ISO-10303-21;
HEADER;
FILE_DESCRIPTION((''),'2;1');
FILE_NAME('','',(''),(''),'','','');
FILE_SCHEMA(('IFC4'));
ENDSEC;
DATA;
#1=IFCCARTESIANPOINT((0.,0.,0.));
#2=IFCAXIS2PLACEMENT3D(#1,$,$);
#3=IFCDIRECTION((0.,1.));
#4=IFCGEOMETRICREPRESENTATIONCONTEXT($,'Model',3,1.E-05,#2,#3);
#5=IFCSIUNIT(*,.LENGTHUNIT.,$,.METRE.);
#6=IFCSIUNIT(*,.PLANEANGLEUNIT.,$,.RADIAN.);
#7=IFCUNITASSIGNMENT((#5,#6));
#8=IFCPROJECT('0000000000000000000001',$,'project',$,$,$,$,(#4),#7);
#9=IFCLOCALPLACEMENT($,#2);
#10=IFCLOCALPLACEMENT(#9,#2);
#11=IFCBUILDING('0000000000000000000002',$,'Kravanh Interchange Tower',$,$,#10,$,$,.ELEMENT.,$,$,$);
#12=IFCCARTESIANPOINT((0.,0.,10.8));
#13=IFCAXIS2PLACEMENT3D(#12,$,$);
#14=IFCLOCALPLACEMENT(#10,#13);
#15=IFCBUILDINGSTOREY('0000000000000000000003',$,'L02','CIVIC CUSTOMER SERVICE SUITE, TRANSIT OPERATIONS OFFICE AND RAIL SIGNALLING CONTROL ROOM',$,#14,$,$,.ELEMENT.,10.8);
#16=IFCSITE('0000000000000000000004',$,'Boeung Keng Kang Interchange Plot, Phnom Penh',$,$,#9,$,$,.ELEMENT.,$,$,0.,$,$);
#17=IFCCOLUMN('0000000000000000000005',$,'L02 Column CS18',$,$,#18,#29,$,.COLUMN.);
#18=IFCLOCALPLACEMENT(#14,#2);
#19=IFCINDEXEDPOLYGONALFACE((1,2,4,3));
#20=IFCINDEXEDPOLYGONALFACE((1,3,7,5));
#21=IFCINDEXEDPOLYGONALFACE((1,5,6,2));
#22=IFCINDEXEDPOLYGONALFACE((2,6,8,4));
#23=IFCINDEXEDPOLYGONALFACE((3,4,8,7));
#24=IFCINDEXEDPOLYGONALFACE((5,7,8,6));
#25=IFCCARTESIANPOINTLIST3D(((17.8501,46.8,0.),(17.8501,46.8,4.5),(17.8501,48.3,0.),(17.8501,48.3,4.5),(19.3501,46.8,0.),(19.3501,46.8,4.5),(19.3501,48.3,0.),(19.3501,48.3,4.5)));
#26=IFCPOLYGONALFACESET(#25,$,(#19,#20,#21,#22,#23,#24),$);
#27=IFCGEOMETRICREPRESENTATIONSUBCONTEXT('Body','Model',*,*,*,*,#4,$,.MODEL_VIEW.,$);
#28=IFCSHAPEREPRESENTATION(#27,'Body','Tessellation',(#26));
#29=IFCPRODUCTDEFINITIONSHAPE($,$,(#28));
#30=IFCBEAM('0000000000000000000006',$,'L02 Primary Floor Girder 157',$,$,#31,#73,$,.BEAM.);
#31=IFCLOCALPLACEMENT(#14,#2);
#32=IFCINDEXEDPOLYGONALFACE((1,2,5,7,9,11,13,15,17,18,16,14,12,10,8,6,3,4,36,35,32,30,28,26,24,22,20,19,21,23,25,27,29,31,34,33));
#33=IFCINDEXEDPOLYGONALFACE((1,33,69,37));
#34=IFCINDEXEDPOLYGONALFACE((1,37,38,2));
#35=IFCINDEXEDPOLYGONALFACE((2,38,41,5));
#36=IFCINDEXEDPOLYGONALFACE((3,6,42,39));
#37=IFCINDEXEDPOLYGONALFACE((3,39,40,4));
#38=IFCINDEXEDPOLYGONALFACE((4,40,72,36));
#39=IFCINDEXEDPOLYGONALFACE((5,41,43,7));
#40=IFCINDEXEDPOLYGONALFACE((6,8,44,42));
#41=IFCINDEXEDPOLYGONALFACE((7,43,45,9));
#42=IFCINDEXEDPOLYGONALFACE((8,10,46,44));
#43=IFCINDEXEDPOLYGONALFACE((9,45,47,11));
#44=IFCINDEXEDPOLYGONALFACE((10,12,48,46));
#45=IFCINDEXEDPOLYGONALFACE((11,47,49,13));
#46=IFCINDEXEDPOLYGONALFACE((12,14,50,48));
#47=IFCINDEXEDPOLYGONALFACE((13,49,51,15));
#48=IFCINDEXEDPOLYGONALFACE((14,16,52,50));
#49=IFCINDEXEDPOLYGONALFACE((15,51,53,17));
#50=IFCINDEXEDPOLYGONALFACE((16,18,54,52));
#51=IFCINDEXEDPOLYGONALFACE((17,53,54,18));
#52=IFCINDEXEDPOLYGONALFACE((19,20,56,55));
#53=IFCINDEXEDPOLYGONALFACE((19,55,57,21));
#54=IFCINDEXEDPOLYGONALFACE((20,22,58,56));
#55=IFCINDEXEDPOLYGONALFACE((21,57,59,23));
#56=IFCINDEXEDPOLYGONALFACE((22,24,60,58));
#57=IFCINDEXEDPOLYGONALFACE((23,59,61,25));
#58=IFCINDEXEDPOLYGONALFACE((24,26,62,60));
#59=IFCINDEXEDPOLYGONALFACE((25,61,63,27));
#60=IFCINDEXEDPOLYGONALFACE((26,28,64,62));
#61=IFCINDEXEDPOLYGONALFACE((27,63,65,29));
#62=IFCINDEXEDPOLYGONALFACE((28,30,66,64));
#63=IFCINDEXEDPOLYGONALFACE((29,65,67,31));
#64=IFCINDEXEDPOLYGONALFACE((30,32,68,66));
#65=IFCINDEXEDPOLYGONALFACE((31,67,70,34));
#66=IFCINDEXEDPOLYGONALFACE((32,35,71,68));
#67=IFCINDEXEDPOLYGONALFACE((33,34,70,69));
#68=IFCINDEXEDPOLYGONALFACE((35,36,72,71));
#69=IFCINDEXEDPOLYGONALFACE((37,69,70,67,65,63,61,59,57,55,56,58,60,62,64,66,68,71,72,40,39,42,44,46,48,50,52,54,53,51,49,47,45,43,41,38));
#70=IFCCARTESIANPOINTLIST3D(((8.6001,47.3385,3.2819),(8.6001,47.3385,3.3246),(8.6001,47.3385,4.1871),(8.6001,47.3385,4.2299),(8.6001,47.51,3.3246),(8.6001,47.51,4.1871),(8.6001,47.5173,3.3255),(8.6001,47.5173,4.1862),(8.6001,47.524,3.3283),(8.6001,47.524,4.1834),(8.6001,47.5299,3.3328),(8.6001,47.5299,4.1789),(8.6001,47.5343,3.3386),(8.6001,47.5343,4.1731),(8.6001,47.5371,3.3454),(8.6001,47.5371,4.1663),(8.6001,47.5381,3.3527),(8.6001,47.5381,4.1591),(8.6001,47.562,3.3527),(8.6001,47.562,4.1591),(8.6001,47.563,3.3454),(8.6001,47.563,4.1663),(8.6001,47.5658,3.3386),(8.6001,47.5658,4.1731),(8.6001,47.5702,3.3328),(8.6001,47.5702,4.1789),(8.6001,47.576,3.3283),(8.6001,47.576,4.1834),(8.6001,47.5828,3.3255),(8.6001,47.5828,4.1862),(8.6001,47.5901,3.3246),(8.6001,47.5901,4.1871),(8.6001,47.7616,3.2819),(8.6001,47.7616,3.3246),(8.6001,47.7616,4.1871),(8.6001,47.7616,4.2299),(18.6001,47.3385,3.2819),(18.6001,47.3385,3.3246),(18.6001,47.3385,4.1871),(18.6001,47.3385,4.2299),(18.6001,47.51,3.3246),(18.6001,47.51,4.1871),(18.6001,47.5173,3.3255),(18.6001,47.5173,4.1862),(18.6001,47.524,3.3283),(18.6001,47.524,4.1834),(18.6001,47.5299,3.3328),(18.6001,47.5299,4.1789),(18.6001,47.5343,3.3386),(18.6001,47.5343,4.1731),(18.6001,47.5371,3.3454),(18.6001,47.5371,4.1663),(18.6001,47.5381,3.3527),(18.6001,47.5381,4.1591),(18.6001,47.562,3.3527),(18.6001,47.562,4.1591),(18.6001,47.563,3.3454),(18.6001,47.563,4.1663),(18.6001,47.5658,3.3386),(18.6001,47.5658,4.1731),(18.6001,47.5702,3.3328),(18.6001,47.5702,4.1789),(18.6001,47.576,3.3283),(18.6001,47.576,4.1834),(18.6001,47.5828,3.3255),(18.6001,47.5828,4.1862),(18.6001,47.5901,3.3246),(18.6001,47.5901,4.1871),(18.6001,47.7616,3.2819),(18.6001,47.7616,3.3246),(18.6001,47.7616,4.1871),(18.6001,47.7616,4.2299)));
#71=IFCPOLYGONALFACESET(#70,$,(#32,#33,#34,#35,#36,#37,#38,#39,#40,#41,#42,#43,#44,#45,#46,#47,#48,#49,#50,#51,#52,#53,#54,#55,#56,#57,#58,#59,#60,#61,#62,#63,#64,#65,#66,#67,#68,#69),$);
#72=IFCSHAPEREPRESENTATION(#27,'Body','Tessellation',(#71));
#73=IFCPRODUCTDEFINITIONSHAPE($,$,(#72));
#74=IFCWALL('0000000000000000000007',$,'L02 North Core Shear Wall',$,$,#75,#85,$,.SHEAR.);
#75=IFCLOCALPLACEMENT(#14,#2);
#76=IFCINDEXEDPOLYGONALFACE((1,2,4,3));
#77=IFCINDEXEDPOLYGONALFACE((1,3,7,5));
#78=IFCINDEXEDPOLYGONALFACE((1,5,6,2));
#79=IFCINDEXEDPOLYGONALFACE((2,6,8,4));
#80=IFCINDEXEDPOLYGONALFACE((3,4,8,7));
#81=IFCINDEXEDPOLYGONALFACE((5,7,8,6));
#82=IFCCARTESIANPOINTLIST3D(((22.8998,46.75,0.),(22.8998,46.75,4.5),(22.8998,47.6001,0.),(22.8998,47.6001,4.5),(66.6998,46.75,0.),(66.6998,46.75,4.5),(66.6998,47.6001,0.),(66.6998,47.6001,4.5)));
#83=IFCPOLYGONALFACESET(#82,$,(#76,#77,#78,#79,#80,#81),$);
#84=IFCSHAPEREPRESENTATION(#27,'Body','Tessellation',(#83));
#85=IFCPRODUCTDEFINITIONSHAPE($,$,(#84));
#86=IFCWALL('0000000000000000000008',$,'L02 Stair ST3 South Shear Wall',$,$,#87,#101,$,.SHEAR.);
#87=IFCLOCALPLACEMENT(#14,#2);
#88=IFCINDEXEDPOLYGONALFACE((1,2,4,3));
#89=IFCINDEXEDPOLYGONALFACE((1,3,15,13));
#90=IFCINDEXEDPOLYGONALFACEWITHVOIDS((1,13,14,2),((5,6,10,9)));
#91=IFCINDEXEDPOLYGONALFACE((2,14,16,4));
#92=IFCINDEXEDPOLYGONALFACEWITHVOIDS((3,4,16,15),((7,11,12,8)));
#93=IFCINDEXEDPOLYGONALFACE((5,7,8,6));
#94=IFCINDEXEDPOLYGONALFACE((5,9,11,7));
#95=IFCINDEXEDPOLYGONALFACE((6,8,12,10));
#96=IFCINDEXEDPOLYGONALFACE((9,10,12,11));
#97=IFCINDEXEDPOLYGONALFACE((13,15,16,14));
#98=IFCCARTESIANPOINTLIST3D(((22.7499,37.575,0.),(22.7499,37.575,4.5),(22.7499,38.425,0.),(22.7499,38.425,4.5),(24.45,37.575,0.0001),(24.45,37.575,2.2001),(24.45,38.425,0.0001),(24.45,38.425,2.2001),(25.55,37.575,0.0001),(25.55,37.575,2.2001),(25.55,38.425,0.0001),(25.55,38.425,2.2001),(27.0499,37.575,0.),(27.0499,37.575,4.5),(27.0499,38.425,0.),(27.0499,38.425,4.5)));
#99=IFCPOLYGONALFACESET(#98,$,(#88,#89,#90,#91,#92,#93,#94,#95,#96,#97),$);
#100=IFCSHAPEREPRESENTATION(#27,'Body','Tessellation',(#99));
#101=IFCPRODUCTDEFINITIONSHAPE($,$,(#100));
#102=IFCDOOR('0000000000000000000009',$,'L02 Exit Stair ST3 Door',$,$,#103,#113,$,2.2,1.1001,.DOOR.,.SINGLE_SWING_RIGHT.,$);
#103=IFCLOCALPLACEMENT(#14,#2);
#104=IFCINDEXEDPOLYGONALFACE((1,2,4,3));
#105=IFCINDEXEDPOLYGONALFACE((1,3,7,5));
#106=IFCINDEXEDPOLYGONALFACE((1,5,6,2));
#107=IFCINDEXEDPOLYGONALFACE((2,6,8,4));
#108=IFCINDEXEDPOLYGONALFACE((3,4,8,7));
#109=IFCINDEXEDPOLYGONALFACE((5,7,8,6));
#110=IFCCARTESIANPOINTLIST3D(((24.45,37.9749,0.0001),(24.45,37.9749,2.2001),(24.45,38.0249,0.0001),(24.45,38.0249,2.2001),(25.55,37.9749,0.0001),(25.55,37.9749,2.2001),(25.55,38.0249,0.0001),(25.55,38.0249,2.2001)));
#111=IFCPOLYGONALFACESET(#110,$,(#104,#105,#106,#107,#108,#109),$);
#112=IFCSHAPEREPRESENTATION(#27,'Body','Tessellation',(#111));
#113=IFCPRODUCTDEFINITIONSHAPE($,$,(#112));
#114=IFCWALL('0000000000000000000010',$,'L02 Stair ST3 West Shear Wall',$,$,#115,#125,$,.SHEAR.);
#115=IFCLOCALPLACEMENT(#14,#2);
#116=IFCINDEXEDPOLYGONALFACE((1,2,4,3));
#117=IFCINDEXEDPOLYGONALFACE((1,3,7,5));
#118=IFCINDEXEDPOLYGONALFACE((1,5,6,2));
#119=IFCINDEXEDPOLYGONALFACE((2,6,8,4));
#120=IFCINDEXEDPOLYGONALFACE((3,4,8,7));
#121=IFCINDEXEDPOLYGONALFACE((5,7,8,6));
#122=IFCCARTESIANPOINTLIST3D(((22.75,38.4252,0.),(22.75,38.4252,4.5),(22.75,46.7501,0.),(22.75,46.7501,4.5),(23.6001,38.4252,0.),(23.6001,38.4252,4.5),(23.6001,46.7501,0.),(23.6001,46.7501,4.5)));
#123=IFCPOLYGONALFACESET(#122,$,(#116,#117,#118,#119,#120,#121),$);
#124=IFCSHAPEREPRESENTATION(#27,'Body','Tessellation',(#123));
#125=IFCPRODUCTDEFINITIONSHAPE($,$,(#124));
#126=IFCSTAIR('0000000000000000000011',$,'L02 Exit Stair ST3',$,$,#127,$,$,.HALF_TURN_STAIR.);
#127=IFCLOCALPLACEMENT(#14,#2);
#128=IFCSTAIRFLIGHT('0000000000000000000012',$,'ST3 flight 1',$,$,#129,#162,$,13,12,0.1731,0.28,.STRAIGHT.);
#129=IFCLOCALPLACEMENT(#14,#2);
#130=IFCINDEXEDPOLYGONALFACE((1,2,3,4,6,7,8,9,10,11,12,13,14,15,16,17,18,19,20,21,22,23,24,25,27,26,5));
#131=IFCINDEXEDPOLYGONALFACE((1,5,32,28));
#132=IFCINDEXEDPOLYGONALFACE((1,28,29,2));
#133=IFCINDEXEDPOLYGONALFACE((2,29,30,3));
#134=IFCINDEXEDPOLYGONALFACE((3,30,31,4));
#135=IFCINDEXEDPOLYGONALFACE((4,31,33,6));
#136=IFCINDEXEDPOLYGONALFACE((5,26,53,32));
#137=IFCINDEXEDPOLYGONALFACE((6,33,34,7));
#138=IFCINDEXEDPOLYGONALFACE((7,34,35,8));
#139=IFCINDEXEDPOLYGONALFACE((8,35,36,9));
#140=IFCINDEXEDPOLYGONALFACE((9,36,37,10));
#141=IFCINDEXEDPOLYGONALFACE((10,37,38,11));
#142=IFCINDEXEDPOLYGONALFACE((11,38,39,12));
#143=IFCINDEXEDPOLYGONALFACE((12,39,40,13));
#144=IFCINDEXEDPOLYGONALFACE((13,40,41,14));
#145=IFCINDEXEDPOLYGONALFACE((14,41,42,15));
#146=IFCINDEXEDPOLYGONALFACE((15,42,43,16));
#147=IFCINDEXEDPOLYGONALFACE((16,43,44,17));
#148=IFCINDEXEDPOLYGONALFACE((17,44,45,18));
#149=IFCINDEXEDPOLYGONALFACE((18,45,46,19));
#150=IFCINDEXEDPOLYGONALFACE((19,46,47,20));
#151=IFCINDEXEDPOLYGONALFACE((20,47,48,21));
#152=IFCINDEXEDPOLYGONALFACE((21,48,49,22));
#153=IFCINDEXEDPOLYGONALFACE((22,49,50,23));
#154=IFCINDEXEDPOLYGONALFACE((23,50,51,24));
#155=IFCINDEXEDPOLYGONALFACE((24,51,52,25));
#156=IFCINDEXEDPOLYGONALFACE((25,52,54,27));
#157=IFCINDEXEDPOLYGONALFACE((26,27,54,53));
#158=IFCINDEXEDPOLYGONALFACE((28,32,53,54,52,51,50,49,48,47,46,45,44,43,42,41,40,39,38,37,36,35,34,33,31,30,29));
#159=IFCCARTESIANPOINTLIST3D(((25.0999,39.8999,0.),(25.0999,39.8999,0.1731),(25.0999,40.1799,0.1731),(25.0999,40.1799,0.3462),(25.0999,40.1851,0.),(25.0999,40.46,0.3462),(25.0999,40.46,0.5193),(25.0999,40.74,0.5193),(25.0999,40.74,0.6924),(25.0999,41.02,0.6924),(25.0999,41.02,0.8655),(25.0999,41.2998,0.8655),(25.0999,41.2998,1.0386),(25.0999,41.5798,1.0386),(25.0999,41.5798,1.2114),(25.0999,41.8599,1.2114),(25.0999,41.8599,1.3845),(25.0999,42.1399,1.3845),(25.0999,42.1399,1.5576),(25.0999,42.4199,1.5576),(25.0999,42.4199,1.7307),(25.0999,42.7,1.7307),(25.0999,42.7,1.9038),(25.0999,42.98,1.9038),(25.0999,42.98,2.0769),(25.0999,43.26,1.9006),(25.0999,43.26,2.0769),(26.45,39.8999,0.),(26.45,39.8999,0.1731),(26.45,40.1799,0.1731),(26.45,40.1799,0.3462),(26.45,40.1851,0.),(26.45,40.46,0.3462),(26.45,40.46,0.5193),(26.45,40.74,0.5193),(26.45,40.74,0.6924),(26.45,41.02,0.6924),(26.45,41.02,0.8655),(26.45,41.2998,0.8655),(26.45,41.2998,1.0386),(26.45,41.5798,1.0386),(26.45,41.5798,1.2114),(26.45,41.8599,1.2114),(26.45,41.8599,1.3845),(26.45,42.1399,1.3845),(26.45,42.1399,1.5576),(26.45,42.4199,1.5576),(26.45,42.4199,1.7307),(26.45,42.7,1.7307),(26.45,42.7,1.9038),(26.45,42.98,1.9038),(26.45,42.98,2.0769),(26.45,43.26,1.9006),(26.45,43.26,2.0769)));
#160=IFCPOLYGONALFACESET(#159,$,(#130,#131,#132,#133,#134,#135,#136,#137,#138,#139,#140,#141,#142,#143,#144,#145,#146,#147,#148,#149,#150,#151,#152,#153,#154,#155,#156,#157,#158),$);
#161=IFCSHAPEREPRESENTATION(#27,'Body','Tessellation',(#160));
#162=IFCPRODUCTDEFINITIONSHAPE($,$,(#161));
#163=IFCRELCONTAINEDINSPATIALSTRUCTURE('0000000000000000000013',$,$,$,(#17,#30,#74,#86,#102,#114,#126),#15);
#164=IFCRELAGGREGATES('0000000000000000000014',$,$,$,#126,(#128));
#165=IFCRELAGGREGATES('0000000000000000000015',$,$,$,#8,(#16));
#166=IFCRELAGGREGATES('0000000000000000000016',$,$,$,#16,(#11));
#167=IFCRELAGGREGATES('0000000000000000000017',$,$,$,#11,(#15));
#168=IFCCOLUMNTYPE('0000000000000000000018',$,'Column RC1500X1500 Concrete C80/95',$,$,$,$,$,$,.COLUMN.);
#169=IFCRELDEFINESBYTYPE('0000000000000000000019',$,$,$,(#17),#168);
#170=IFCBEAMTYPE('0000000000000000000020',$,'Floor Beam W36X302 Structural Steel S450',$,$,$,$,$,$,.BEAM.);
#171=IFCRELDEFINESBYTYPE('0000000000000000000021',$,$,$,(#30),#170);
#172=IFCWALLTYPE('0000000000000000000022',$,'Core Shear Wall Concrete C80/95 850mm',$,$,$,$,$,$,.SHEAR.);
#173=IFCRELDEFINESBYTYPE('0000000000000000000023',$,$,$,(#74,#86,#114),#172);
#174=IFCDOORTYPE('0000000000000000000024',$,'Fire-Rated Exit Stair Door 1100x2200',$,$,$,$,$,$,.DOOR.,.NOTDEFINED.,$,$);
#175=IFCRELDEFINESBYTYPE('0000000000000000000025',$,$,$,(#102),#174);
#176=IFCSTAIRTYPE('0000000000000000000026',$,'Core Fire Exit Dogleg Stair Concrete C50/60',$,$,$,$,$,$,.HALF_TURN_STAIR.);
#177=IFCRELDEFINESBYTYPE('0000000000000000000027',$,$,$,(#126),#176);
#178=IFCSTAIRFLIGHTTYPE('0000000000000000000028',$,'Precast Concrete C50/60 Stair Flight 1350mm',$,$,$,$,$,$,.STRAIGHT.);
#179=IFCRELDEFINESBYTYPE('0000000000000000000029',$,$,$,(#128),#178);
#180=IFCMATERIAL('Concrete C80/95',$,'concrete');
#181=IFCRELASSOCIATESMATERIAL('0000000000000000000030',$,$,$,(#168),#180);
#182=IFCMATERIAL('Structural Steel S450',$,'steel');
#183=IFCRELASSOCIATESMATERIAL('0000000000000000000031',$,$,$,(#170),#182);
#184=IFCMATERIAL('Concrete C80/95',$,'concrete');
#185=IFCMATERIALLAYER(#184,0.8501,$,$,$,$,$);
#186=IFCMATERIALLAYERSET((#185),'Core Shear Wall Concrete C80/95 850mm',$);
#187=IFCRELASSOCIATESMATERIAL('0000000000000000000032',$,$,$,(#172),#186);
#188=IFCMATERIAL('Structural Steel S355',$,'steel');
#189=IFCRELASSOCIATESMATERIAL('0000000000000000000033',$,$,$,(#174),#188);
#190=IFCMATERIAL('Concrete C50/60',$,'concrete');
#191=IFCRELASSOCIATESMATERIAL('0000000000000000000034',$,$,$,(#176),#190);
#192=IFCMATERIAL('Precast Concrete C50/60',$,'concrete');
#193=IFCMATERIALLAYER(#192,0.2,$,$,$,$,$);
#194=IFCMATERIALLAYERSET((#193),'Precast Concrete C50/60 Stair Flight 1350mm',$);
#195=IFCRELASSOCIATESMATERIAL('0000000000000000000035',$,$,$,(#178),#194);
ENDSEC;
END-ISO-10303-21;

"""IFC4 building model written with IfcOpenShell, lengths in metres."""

from ifc_helpers import new_model, si_unit, direction, frame, frame_2d, origin, origin_2d, place, context, subcontext, project, spatial, polyline, rectangle, i_section, outline, extrude, material, layer, layer_set, material_profile, profile_set, type_object, element, fill, aggregate, save


model = new_model("IFC4")

# Units and contexts
model_context = context("Model", 3, precision=1e-05, world=origin(), true_north=direction((0.0, 1.0)))
body_context = subcontext(model_context, "Body", "Model", "MODEL_VIEW")
ifc_project = project(units=[si_unit("LENGTHUNIT", "METRE"), si_unit("PLANEANGLEUNIT", "RADIAN")], contexts=[model_context])

# Site, building, storey
site_placement = place(None, origin())
site = spatial("IfcSite", under=ifc_project, at=site_placement, Name="Boeung Keng Kang Interchange Plot, Phnom Penh", CompositionType="ELEMENT", RefElevation=0.0)
building_placement = place(site_placement, origin())
building = spatial("IfcBuilding", under=site, at=building_placement, Name="Kravanh Interchange Tower", CompositionType="ELEMENT")
storey_placement = place(building_placement, frame((0.0, 0.0, 10.8)))
storey = spatial("IfcBuildingStorey", under=building, at=storey_placement, Name="L02", Description="CIVIC CUSTOMER SERVICE SUITE, TRANSIT OPERATIONS OFFICE AND RAIL SIGNALLING CONTROL ROOM", CompositionType="ELEMENT", Elevation=10.8)

# Column
ifc_material_1 = material(Name="Concrete C80/95", Category="concrete")
ifc_material_profile_1 = material_profile(ifc_material_1, rectangle(XDim=1.5, YDim=1.5, at=origin_2d()), Name="RC1500X1500")
ifc_profile_set_1 = profile_set([ifc_material_profile_1], Name="Concrete C80/95")
column_type = type_object("IfcColumnType", Name="Column RC1500X1500 Concrete C80/95", PredefinedType="COLUMN", material=ifc_profile_set_1)
column_placement = place(storey_placement, frame((18.6001, 47.55, 0.0), z_axis=(0.0, 0.0, 1.0), x_axis=(1.0, 0.0, 0.0)))
element("IfcColumn", 1, at=column_placement, inside=storey, type_object=column_type, Name="L02 Column CS18", PredefinedType="COLUMN", context=body_context, shape_type="SweptSolid", body=[
    extrude(rectangle(XDim=1.5, YDim=1.5, at=origin_2d()), origin(), (0.0, 0.0, 1.0), 4.5),
])

# Beam
ifc_material_2 = material(Name="Structural Steel S450", Category="steel")
ifc_material_profile_2 = material_profile(ifc_material_2, i_section(OverallWidth=0.4231, OverallDepth=0.948, WebThickness=0.0239, FlangeThickness=0.0427, FilletRadius=0.0281, at=origin_2d()), Name="W36X302")
ifc_profile_set_2 = profile_set([ifc_material_profile_2], Name="Structural Steel S450")
beam_type = type_object("IfcBeamType", Name="Floor Beam W36X302 Structural Steel S450", PredefinedType="BEAM", material=ifc_profile_set_2)
beam_placement = place(storey_placement, frame((18.6001, 47.55, 3.7559), z_axis=(-1.0, 0.0, 0.0), x_axis=(0.0, -1.0, 0.0)))
element("IfcBeam", 2, at=beam_placement, inside=storey, type_object=beam_type, Name="L02 Primary Floor Girder 157", PredefinedType="BEAM", context=body_context, shape_type="SweptSolid", body=[
    extrude(i_section(OverallWidth=0.4231, OverallDepth=0.948, WebThickness=0.0239, FlangeThickness=0.0427, FilletRadius=0.0281, at=origin_2d()), origin(), (0.0, 0.0, 1.0), 10.0),
])

# Wall
ifc_material_3 = material(Name="Concrete C80/95", Category="concrete")
ifc_layer_1 = layer(ifc_material_3, 0.8501)
ifc_layer_set_1 = layer_set([ifc_layer_1], Name="Core Shear Wall Concrete C80/95 850mm")
wall_type = type_object("IfcWallType", Name="Core Shear Wall Concrete C80/95 850mm", PredefinedType="SHEAR", material=ifc_layer_set_1)
wall_1_placement = place(storey_placement, frame((22.8999, 47.175, 0.0), z_axis=(0.0, 0.0, 1.0), x_axis=(1.0, 0.0, 0.0)))
element("IfcWall", 3, at=wall_1_placement, inside=storey, type_object=wall_type, Name="L02 North Core Shear Wall", PredefinedType="SHEAR", context=body_context, shape_type="SweptSolid", body=[
    extrude(rectangle(XDim=43.8, YDim=0.8501, at=frame_2d((21.8999, 0.0))), origin(), (0.0, 0.0, 1.0), 4.5),
])

# Wall, opening, door
wall_2_placement = place(storey_placement, frame((22.75, 38.0, 0.0), z_axis=(0.0, 0.0, 1.0), x_axis=(1.0, 0.0, 0.0)))
wall_2 = element("IfcWall", 4, at=wall_2_placement, inside=storey, type_object=wall_type, Name="L02 Stair ST3 South Shear Wall", PredefinedType="SHEAR", context=body_context, shape_type="SweptSolid", body=[
    extrude(rectangle(XDim=4.3, YDim=0.8501, at=frame_2d((2.1499, 0.0))), origin(), (0.0, 0.0, 1.0), 4.5),
])
opening_placement = place(wall_2_placement, frame((1.7, 0.0, 0.0)))
opening = element("IfcOpeningElement", 5, at=opening_placement, cuts=wall_2, PredefinedType="OPENING", context=body_context, shape_type="SweptSolid", body=[
    extrude(rectangle(XDim=1.1001, YDim=2.2, at=frame_2d((0.55, 1.1001))), frame((0.0, 0.4351, 0.0), z_axis=(0.0, -1.0, 0.0), x_axis=(1.0, 0.0, 0.0)), (0.0, 0.0, 1.0), 0.8701),
])
ifc_material_4 = material(Name="Structural Steel S355", Category="steel")
door_type = type_object("IfcDoorType", Name="Fire-Rated Exit Stair Door 1100x2200", OperationType="NOTDEFINED", PredefinedType="DOOR", material=ifc_material_4)
door_placement = place(opening_placement, origin())
door = element("IfcDoor", 6, at=door_placement, inside=storey, type_object=door_type, Name="L02 Exit Stair ST3 Door", OperationType="SINGLE_SWING_RIGHT", OverallHeight=2.2, OverallWidth=1.1001, PredefinedType="DOOR", context=body_context, shape_type="SweptSolid", body=[
    extrude(rectangle(XDim=1.1001, YDim=2.2, at=frame_2d((0.55, 1.1001))), frame((0.0, 0.0249, 0.0), z_axis=(0.0, -1.0, 0.0), x_axis=(1.0, 0.0, 0.0)), (0.0, 0.0, 1.0), 0.05),
])
fill(opening, door)

# Wall
wall_3_placement = place(storey_placement, frame((23.175, 38.425, 0.0), z_axis=(0.0, 0.0, 1.0), x_axis=(0.0, 1.0, 0.0)))
element("IfcWall", 7, at=wall_3_placement, inside=storey, type_object=wall_type, Name="L02 Stair ST3 West Shear Wall", PredefinedType="SHEAR", context=body_context, shape_type="SweptSolid", body=[
    extrude(rectangle(XDim=8.325, YDim=0.8501, at=frame_2d((4.1626, 0.0))), origin(), (0.0, 0.0, 1.0), 4.5),
])

# Stair, stair flight
ifc_material_5 = material(Name="Concrete C50/60", Category="concrete")
stair_type = type_object("IfcStairType", Name="Core Fire Exit Dogleg Stair Concrete C50/60", PredefinedType="HALF_TURN_STAIR", material=ifc_material_5)
stair_placement = place(storey_placement, origin())
stair = element("IfcStair", 8, at=stair_placement, inside=storey, type_object=stair_type, Name="L02 Exit Stair ST3", PredefinedType="HALF_TURN_STAIR")
ifc_material_6 = material(Name="Precast Concrete C50/60", Category="concrete")
ifc_layer_2 = layer(ifc_material_6, 0.2)
ifc_layer_set_2 = layer_set([ifc_layer_2], Name="Precast Concrete C50/60 Stair Flight 1350mm")
stair_flight_type = type_object("IfcStairFlightType", Name="Precast Concrete C50/60 Stair Flight 1350mm", PredefinedType="STRAIGHT", material=ifc_layer_set_2)
stair_flight_1_placement = place(storey_placement, frame((25.7749, 39.8999, 0.0), z_axis=(0.0, 0.0, 1.0), x_axis=(0.0, 1.0, 0.0)))
stair_flight_1 = element("IfcStairFlight", 9, at=stair_flight_1_placement, type_object=stair_flight_type, Name="ST3 flight 1", NumberOfRisers=13, NumberOfTreads=12, PredefinedType="STRAIGHT", RiserHeight=0.1731, TreadLength=0.28, context=body_context, shape_type="SweptSolid", body=[
    extrude(outline(polyline([(0.0, 0.0), (0.0, 0.1731), (0.28, 0.1731), (0.28, 0.3462), (0.5601, 0.3462), (0.5601, 0.5193), (0.8401, 0.5193), (0.8401, 0.6924), (1.1201, 0.6924), (1.1201, 0.8655), (1.3999, 0.8655), (1.3999, 1.0386), (1.6799, 1.0386), (1.6799, 1.2114), (1.96, 1.2114), (1.96, 1.3845), (2.24, 1.3845), (2.24, 1.5576), (2.52, 1.5576), (2.52, 1.7307), (2.8, 1.7307), (2.8, 1.9038), (3.0801, 1.9038), (3.0801, 2.0769), (3.3601, 2.0769), (3.3601, 2.25), (3.3601, 1.9006), (0.2852, 0.0), (0.0, 0.0)])), frame((0.0, 0.675, 0.0), z_axis=(0.0, -1.0, 0.0), x_axis=(1.0, 0.0, 0.0)), (0.0, 0.0, 1.0), 1.3501),
])
aggregate(stair, [stair_flight_1])

save(model, "model.ifc")
